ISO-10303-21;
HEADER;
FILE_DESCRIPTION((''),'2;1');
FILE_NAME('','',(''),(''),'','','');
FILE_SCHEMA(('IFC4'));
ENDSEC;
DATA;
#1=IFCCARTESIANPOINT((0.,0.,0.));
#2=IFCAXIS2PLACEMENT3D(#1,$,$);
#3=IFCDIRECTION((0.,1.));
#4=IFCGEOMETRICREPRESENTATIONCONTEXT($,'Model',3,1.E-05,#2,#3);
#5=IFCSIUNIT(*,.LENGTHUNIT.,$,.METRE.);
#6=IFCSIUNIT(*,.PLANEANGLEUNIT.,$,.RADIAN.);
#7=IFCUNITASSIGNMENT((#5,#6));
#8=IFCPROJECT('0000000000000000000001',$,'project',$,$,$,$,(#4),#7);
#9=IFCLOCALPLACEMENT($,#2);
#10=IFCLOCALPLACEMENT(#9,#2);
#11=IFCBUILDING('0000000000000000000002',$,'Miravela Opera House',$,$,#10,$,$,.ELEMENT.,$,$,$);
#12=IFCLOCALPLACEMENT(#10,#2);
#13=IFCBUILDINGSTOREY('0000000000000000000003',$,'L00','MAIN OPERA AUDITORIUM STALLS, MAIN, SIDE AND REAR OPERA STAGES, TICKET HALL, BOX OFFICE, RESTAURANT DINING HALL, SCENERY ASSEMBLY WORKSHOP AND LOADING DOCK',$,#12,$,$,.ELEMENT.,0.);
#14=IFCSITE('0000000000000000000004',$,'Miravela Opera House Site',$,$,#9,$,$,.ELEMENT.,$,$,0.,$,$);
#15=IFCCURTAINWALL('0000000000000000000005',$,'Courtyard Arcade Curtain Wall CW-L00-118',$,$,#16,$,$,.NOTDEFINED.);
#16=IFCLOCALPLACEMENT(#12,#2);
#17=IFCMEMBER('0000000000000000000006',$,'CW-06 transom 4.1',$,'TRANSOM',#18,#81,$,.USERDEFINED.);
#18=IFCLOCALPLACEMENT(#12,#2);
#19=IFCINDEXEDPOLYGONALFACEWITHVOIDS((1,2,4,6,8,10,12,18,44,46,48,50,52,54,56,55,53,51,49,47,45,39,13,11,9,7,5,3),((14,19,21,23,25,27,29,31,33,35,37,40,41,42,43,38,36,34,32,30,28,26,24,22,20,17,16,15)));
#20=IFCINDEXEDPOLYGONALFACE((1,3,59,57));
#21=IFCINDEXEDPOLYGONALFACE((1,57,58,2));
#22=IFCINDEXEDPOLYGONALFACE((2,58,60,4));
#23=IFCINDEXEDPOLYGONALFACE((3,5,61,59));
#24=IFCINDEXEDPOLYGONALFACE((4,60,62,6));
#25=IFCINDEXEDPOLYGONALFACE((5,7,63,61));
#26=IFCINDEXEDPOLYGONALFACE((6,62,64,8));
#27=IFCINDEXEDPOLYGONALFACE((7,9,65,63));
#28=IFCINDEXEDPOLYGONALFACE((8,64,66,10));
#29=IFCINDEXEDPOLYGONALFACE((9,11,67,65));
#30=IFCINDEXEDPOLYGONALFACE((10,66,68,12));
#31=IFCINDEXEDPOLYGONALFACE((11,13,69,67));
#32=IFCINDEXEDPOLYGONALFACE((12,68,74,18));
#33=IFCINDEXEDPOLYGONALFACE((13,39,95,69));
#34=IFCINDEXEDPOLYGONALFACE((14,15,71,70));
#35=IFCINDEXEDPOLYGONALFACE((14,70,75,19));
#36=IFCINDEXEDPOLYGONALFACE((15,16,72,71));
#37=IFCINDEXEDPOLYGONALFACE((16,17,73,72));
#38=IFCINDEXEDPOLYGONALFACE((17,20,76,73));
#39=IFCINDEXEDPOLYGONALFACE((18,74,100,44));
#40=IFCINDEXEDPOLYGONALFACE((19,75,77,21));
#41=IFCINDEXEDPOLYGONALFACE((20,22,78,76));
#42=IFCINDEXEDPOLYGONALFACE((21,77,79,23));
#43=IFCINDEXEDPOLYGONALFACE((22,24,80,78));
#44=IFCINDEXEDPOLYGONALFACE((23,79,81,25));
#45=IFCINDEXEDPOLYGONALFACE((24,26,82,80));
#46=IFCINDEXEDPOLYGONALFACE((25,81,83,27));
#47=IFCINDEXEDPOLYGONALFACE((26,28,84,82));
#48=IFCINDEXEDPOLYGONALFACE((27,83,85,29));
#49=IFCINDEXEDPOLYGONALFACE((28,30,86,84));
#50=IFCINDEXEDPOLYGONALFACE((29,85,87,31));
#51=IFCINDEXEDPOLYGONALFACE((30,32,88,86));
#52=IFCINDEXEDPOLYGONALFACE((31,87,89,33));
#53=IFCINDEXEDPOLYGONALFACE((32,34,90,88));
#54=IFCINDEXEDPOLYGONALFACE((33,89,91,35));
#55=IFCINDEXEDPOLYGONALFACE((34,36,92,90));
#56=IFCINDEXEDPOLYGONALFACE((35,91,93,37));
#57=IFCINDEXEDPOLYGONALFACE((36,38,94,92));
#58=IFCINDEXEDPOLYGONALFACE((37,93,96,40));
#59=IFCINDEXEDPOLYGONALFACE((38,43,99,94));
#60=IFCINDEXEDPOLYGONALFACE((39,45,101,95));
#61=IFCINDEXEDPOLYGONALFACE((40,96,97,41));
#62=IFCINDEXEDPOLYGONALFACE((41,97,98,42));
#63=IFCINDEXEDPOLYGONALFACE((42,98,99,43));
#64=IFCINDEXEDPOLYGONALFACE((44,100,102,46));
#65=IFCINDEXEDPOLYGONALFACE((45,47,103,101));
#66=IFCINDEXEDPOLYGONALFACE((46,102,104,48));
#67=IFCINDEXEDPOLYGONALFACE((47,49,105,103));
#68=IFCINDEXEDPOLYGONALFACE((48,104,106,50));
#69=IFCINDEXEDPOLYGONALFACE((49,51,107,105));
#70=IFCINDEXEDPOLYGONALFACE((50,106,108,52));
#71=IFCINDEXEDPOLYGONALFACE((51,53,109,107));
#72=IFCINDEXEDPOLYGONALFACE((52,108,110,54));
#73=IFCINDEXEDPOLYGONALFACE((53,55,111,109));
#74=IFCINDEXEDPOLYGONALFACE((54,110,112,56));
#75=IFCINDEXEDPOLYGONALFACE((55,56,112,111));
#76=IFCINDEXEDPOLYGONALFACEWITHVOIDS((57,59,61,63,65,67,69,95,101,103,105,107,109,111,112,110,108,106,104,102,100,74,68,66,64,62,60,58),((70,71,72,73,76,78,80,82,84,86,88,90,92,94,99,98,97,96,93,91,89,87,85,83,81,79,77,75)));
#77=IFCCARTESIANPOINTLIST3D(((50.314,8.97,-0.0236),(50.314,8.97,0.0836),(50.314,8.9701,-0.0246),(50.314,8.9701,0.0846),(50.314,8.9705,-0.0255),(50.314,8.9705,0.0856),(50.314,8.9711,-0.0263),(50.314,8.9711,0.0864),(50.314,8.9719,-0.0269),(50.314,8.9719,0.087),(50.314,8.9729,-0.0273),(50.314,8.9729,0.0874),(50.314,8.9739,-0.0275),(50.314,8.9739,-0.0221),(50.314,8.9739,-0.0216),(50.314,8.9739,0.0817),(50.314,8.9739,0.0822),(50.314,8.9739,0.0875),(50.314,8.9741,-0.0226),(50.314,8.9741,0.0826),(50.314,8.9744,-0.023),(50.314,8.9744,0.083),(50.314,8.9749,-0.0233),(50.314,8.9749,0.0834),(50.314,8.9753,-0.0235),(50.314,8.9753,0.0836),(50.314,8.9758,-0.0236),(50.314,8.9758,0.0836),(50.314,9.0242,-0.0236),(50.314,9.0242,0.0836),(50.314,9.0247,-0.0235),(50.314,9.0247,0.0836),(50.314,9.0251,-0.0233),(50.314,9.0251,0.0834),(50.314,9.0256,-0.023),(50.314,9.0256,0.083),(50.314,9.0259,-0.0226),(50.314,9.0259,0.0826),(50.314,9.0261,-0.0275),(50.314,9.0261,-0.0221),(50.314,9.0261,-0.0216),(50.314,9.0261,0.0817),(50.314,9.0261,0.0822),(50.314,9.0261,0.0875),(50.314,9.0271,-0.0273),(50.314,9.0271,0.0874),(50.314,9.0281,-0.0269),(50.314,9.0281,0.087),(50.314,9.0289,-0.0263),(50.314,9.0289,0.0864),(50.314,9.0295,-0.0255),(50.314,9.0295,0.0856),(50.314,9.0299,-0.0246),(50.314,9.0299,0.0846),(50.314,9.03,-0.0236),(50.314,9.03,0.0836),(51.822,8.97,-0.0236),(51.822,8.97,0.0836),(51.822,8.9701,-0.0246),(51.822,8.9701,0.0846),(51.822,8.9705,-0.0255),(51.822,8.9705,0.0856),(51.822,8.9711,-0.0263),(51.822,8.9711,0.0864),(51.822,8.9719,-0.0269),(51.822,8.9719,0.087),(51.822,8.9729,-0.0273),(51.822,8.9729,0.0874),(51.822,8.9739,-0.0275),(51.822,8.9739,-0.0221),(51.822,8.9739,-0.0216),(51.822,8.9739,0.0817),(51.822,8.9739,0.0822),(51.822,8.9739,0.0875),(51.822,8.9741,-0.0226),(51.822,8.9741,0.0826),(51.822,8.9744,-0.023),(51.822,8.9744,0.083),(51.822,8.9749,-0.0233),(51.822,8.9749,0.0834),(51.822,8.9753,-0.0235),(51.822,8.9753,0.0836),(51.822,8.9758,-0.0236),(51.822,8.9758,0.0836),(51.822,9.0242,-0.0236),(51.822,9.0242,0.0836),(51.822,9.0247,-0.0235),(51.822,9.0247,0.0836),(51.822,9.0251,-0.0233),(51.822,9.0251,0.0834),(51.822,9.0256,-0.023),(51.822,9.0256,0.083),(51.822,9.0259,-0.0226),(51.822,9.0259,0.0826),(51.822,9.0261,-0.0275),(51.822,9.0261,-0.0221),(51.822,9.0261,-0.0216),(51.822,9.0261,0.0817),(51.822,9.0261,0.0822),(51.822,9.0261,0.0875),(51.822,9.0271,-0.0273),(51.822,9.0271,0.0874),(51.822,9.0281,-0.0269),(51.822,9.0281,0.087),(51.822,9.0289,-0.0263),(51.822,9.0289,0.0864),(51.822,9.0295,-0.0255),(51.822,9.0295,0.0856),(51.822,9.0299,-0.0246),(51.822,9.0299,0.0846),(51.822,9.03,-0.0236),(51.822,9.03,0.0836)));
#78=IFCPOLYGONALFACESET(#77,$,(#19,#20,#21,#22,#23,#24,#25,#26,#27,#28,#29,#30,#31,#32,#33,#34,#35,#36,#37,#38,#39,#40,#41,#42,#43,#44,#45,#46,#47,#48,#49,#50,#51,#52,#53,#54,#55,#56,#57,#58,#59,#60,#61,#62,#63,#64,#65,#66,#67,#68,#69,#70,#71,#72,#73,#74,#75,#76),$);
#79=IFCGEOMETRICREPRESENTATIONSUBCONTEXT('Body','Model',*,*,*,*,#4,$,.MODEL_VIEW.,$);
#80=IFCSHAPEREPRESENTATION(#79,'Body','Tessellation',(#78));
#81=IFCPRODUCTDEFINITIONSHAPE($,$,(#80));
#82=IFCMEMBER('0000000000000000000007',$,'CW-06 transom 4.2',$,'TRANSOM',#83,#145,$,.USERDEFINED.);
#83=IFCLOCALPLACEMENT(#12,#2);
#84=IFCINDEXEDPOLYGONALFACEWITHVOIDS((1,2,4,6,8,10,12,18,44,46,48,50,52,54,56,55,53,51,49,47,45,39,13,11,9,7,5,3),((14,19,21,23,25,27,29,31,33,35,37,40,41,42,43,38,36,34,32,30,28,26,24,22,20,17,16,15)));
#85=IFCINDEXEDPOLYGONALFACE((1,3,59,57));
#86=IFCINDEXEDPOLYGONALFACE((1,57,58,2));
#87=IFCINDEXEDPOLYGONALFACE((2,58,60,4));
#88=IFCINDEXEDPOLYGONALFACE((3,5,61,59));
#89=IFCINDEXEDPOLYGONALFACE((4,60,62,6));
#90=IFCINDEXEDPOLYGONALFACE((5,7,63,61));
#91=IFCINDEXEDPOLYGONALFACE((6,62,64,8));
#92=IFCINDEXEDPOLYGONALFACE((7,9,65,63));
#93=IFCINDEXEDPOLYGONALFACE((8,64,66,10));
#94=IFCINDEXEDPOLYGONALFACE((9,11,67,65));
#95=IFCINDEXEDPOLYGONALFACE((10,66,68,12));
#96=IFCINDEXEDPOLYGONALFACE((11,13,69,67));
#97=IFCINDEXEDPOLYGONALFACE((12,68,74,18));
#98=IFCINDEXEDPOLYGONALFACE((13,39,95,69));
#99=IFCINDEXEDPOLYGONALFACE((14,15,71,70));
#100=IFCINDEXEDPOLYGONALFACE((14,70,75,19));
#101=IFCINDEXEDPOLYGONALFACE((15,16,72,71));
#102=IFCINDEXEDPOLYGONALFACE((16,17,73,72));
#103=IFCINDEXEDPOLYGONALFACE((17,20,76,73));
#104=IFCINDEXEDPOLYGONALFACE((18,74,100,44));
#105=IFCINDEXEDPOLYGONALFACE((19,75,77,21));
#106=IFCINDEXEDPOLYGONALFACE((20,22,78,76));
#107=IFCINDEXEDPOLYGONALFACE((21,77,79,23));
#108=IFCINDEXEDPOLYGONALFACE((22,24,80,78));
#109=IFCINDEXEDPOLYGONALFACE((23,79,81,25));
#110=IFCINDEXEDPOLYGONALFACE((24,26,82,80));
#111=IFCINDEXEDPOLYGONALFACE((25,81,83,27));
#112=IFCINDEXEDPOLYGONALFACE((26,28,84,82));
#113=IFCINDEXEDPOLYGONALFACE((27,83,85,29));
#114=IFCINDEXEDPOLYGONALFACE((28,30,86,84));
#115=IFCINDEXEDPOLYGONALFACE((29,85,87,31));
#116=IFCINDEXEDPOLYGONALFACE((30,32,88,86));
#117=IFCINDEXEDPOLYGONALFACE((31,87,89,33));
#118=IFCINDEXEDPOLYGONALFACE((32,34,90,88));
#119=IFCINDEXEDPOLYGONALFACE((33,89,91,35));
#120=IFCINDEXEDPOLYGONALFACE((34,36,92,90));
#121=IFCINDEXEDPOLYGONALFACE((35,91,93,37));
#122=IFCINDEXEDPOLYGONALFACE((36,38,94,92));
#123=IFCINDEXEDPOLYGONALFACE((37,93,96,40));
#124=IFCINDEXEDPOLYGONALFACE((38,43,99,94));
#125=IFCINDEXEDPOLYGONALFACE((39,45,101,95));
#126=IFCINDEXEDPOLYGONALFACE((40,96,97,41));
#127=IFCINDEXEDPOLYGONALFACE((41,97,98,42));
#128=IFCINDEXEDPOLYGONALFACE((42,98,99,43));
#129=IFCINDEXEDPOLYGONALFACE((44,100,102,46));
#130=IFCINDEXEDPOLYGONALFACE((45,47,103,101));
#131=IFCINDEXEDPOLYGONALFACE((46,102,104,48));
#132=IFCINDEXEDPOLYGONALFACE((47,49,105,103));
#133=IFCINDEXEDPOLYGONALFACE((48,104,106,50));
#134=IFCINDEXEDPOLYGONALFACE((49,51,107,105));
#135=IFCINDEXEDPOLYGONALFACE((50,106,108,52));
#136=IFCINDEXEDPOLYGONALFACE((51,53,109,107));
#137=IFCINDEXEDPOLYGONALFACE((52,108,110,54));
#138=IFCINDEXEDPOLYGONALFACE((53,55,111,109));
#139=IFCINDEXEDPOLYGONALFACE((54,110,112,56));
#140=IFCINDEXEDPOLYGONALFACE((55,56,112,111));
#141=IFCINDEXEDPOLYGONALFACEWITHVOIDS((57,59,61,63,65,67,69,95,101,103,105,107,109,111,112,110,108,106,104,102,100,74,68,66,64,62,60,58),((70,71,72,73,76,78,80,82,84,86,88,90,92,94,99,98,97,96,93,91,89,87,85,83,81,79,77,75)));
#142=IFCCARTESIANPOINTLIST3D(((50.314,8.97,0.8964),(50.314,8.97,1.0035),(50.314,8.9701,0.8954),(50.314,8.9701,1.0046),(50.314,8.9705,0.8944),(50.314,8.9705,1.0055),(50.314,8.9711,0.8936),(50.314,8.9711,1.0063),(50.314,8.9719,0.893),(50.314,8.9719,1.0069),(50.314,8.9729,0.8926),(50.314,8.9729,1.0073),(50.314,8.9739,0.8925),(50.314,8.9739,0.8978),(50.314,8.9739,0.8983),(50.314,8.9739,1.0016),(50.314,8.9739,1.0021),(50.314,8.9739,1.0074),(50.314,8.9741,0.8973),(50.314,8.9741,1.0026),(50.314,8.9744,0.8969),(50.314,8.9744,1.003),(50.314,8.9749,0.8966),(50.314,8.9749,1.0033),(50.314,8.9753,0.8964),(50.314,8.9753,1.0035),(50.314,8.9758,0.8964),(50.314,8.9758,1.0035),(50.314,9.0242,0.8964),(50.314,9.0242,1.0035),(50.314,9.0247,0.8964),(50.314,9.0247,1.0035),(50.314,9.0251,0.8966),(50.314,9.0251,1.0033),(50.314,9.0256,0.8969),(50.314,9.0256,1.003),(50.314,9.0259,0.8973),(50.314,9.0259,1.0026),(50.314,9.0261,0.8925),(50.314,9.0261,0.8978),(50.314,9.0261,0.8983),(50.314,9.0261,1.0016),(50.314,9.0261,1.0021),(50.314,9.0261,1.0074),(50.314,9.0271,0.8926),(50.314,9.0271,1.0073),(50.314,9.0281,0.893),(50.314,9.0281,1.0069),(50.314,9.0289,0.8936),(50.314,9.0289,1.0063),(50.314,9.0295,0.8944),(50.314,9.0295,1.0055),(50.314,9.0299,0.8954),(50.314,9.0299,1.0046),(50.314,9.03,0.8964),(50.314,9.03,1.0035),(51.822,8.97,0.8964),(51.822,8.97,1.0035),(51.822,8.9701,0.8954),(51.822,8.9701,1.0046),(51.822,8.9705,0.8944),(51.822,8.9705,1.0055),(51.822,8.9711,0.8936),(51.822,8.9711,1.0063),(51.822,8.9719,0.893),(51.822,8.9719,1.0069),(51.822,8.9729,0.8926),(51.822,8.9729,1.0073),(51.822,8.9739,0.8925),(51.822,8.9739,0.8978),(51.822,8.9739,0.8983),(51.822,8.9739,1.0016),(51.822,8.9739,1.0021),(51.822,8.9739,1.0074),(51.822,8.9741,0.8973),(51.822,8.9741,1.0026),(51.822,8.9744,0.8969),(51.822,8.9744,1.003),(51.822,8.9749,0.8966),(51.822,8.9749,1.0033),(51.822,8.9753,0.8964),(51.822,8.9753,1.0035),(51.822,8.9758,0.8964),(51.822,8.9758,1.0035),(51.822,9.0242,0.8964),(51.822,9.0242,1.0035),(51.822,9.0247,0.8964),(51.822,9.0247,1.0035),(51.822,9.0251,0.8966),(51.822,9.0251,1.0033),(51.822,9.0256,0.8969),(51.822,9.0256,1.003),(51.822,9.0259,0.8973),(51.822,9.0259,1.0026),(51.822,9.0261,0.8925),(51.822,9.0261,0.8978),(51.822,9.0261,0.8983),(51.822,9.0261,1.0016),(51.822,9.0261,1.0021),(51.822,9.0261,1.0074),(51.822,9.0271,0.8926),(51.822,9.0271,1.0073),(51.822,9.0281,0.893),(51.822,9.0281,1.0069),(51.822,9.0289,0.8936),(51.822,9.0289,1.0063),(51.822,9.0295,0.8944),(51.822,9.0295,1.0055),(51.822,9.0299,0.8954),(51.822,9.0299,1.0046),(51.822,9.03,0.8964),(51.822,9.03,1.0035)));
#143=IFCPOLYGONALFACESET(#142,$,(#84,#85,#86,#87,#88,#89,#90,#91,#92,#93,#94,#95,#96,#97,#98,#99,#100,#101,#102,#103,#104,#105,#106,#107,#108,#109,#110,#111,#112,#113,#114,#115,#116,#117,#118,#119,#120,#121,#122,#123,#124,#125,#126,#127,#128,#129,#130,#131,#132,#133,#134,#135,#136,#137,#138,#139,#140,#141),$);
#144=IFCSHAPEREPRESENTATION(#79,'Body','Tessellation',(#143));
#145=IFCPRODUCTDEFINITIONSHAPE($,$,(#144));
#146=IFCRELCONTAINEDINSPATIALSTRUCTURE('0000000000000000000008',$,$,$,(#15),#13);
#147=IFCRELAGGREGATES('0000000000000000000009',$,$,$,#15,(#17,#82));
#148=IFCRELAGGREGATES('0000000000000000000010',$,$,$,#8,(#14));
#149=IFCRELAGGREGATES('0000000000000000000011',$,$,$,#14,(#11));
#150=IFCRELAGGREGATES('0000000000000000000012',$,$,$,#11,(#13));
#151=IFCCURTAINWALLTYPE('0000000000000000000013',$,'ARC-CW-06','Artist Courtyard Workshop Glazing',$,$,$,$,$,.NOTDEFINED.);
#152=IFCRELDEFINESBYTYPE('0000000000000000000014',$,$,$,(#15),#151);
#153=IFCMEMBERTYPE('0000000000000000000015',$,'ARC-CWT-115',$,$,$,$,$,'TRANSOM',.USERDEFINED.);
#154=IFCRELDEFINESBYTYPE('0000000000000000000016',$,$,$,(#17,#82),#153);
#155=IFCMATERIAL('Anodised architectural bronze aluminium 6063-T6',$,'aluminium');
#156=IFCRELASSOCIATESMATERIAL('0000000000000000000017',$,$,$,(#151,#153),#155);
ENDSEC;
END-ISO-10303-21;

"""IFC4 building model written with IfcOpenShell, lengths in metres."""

from ifc_helpers import new_model, si_unit, direction, frame, origin, origin_2d, place, context, subcontext, project, spatial, hollow_rectangle, extrude, material, material_profile, profile_set, type_object, element, aggregate, save


model = new_model("IFC4")

# Units and contexts
model_context = context("Model", 3, precision=1e-05, world=origin(), true_north=direction((0.0, 1.0)))
body_context = subcontext(model_context, "Body", "Model", "MODEL_VIEW")
ifc_project = project(units=[si_unit("LENGTHUNIT", "METRE"), si_unit("PLANEANGLEUNIT", "RADIAN")], contexts=[model_context])

# Site, building, storey
site_placement = place(None, origin())
site = spatial("IfcSite", under=ifc_project, at=site_placement, Name="Miravela Opera House Site", CompositionType="ELEMENT", RefElevation=0.0)
building_placement = place(site_placement, origin())
building = spatial("IfcBuilding", under=site, at=building_placement, Name="Miravela Opera House", CompositionType="ELEMENT")
storey_placement = place(building_placement, origin())
storey = spatial("IfcBuildingStorey", under=building, at=storey_placement, Name="L00", Description="MAIN OPERA AUDITORIUM STALLS, MAIN, SIDE AND REAR OPERA STAGES, TICKET HALL, BOX OFFICE, RESTAURANT DINING HALL, SCENERY ASSEMBLY WORKSHOP AND LOADING DOCK", CompositionType="ELEMENT", Elevation=0.0)

# Curtain wall, members
ifc_material_1 = material(Name="Anodised architectural bronze aluminium 6063-T6", Category="aluminium")
curtain_wall_type = type_object("IfcCurtainWallType", Name="ARC-CW-06", Description="Artist Courtyard Workshop Glazing", PredefinedType="NOTDEFINED", material=ifc_material_1)
curtain_wall_placement = place(storey_placement, origin())
curtain_wall = element("IfcCurtainWall", 1, at=curtain_wall_placement, inside=storey, type_object=curtain_wall_type, Name="Courtyard Arcade Curtain Wall CW-L00-118", PredefinedType="NOTDEFINED")
ifc_material_profile_1 = material_profile(ifc_material_1, hollow_rectangle(XDim=0.0601, YDim=0.115, WallThickness=0.0039, InnerFilletRadius=0.002, OuterFilletRadius=0.0039, at=origin_2d()), Name="CWT-60X115")
ifc_profile_set_1 = profile_set([ifc_material_profile_1])
member_type_1 = type_object("IfcMemberType", Name="ARC-CWT-115", ElementType="TRANSOM", PredefinedType="USERDEFINED", material=ifc_profile_set_1)
member_1_placement = place(storey_placement, frame((50.314, 9.0, 0.03), z_axis=(1.0, 0.0, 0.0), x_axis=(0.0, 1.0, 0.0)))
member_1 = element("IfcMember", 2, at=member_1_placement, type_object=member_type_1, Name="CW-06 transom 4.1", ObjectType="TRANSOM", PredefinedType="USERDEFINED", context=body_context, shape_type="SweptSolid", body=[
    extrude(hollow_rectangle(XDim=0.0601, YDim=0.115, WallThickness=0.0039, InnerFilletRadius=0.002, OuterFilletRadius=0.0039, at=origin_2d()), origin(), (0.0, 0.0, 1.0), 1.5081),
])
member_2_placement = place(storey_placement, frame((50.314, 9.0, 0.95), z_axis=(1.0, 0.0, 0.0), x_axis=(0.0, 1.0, 0.0)))
member_2 = element("IfcMember", 3, at=member_2_placement, type_object=member_type_1, Name="CW-06 transom 4.2", ObjectType="TRANSOM", PredefinedType="USERDEFINED", context=body_context, shape_type="SweptSolid", body=[
    extrude(hollow_rectangle(XDim=0.0601, YDim=0.115, WallThickness=0.0039, InnerFilletRadius=0.002, OuterFilletRadius=0.0039, at=origin_2d()), origin(), (0.0, 0.0, 1.0), 1.5081),
])

aggregate(curtain_wall, [member_1, member_2])

save(model, "model.ifc")
